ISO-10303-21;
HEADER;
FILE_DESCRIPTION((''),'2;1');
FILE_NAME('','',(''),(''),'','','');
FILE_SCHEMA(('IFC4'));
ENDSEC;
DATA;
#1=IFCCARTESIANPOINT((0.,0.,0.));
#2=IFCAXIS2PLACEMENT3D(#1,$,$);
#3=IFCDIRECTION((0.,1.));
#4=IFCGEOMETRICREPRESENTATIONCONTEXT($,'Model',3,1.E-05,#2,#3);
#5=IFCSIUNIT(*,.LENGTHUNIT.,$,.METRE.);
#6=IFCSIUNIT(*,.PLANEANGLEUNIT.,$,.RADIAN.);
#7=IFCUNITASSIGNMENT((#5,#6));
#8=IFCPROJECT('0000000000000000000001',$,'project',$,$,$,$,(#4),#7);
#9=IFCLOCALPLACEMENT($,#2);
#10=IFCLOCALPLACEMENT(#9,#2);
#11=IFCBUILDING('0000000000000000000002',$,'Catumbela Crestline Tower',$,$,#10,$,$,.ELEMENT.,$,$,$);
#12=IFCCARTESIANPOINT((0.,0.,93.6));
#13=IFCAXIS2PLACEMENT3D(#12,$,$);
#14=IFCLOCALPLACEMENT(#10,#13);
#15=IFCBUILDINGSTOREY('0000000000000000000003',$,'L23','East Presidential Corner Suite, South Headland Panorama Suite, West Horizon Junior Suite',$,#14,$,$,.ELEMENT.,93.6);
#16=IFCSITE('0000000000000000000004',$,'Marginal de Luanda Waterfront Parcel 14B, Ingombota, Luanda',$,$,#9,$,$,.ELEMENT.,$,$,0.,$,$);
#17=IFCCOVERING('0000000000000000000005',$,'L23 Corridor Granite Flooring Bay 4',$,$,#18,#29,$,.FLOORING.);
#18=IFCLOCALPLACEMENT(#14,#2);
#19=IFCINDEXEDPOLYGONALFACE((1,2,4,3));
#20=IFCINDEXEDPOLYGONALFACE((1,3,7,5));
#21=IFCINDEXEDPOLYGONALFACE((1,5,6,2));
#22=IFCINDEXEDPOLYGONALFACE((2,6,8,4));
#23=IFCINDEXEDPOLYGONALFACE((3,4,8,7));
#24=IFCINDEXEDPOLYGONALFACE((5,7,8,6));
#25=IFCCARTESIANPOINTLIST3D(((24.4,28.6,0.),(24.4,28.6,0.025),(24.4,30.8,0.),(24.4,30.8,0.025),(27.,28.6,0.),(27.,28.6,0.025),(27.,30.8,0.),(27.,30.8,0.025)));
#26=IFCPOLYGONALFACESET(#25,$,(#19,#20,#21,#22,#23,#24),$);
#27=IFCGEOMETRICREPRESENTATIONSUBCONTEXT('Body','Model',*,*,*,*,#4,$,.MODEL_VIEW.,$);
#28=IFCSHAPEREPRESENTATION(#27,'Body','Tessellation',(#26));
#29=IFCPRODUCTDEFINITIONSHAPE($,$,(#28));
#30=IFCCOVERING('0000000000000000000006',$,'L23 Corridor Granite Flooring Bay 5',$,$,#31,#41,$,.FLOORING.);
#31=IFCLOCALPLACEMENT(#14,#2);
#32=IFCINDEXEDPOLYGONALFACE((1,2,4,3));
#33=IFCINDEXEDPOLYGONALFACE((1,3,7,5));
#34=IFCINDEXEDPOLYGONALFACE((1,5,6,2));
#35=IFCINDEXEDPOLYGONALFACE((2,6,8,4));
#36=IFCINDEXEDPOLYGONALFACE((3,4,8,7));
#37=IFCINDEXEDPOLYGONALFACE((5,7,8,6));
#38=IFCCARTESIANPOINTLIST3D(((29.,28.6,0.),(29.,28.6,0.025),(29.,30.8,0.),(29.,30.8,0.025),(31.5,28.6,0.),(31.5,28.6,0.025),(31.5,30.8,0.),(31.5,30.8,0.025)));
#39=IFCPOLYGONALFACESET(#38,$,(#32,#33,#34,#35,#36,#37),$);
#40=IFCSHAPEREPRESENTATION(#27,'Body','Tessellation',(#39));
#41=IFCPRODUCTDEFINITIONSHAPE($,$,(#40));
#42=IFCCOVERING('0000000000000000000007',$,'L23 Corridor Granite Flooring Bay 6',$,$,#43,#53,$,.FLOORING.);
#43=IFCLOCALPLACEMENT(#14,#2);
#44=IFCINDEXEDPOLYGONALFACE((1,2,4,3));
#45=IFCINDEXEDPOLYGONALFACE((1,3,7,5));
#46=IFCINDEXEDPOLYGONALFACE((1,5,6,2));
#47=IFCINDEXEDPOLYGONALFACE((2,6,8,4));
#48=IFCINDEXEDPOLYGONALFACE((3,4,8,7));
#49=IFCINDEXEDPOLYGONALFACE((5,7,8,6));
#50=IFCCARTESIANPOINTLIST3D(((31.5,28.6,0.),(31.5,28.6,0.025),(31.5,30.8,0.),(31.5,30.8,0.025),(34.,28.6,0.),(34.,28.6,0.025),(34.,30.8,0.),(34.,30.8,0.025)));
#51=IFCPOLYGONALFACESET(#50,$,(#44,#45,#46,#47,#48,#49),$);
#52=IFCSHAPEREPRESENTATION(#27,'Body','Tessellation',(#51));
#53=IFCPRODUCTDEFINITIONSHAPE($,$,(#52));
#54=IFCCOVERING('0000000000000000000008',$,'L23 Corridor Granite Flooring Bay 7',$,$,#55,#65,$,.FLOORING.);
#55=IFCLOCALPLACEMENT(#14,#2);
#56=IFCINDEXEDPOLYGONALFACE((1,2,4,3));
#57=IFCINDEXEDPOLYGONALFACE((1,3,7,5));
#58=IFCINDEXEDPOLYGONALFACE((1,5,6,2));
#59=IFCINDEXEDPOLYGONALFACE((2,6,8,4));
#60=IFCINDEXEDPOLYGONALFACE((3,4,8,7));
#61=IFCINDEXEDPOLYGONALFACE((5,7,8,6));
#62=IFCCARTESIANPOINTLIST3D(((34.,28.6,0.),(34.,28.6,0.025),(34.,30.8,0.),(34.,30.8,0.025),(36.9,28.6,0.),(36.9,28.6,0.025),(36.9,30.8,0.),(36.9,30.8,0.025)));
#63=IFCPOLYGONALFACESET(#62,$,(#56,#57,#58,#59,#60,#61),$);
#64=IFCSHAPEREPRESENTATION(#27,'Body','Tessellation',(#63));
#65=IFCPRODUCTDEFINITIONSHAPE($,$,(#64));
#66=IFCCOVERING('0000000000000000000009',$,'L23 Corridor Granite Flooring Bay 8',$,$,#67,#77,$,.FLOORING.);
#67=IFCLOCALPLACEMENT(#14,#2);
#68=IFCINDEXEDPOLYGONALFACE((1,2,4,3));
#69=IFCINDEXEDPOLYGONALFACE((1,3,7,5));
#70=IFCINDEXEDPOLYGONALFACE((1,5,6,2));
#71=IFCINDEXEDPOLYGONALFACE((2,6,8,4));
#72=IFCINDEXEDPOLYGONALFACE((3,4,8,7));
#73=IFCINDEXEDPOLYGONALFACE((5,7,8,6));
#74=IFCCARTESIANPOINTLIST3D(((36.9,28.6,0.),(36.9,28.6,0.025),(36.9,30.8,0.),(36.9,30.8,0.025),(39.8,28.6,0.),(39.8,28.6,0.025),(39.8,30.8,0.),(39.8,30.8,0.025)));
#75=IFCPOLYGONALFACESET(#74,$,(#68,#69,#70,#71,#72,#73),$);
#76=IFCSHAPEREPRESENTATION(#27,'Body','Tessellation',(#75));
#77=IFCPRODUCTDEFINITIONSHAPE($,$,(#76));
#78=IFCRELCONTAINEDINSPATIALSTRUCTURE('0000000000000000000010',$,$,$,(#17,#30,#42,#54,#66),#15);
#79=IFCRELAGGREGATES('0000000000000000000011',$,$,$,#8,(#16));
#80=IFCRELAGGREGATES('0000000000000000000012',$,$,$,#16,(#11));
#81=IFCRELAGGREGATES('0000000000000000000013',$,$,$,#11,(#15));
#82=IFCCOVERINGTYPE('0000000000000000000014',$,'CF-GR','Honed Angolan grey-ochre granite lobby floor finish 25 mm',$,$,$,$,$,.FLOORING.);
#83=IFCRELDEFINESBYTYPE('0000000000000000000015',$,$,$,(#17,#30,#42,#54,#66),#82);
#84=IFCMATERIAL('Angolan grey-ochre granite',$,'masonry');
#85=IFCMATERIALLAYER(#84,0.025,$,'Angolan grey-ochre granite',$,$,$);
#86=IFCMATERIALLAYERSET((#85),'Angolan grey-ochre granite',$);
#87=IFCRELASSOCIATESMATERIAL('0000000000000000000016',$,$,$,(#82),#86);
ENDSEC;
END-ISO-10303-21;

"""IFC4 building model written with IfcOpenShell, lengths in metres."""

from ifc_helpers import new_model, si_unit, direction, frame, origin, place, context, subcontext, project, spatial, polyline, outline, extrude, material, layer, layer_set, type_object, element, save


model = new_model("IFC4")

# Units and contexts
model_context = context("Model", 3, precision=1e-05, world=origin(), true_north=direction((0.0, 1.0)))
body_context = subcontext(model_context, "Body", "Model", "MODEL_VIEW")
ifc_project = project(units=[si_unit("LENGTHUNIT", "METRE"), si_unit("PLANEANGLEUNIT", "RADIAN")], contexts=[model_context])

# Site, building, storey
site_placement = place(None, origin())
site = spatial("IfcSite", under=ifc_project, at=site_placement, Name="Marginal de Luanda Waterfront Parcel 14B, Ingombota, Luanda", CompositionType="ELEMENT", RefElevation=0.0)
building_placement = place(site_placement, origin())
building = spatial("IfcBuilding", under=site, at=building_placement, Name="Catumbela Crestline Tower", CompositionType="ELEMENT")
storey_placement = place(building_placement, frame((0.0, 0.0, 93.6)))
storey = spatial("IfcBuildingStorey", under=building, at=storey_placement, Name="L23", Description="East Presidential Corner Suite, South Headland Panorama Suite, West Horizon Junior Suite", CompositionType="ELEMENT", Elevation=93.6)

# Shared definitions
ifc_material_1 = material(Name="Angolan grey-ochre granite", Category="masonry")

# Coverings
ifc_layer_1 = layer(ifc_material_1, 0.025, Name="Angolan grey-ochre granite")
ifc_layer_set_1 = layer_set([ifc_layer_1], Name="Angolan grey-ochre granite")
covering_type_1 = type_object("IfcCoveringType", Name="CF-GR", Description="Honed Angolan grey-ochre granite lobby floor finish 25 mm", PredefinedType="FLOORING", material=ifc_layer_set_1)
covering_1_placement = place(storey_placement, origin())
element("IfcCovering", 1, at=covering_1_placement, inside=storey, type_object=covering_type_1, Name="L23 Corridor Granite Flooring Bay 4", PredefinedType="FLOORING", context=body_context, shape_type="SweptSolid", body=[
    extrude(outline(polyline([(24.4, 28.6), (27.0, 28.6), (27.0, 30.8), (24.4, 30.8), (24.4, 28.6)])), origin(), (0.0, 0.0, 1.0), 0.025),
])
covering_2_placement = place(storey_placement, origin())
element("IfcCovering", 2, at=covering_2_placement, inside=storey, type_object=covering_type_1, Name="L23 Corridor Granite Flooring Bay 5", PredefinedType="FLOORING", context=body_context, shape_type="SweptSolid", body=[
    extrude(outline(polyline([(29.0, 28.6), (31.5, 28.6), (31.5, 30.8), (29.0, 30.8), (29.0, 28.6)])), origin(), (0.0, 0.0, 1.0), 0.025),
])
covering_3_placement = place(storey_placement, origin())
element("IfcCovering", 3, at=covering_3_placement, inside=storey, type_object=covering_type_1, Name="L23 Corridor Granite Flooring Bay 6", PredefinedType="FLOORING", context=body_context, shape_type="SweptSolid", body=[
    extrude(outline(polyline([(31.5, 28.6), (34.0, 28.6), (34.0, 30.8), (31.5, 30.8), (31.5, 28.6)])), origin(), (0.0, 0.0, 1.0), 0.025),
])
covering_4_placement = place(storey_placement, origin())
element("IfcCovering", 4, at=covering_4_placement, inside=storey, type_object=covering_type_1, Name="L23 Corridor Granite Flooring Bay 7", PredefinedType="FLOORING", context=body_context, shape_type="SweptSolid", body=[
    extrude(outline(polyline([(34.0, 28.6), (36.9, 28.6), (36.9, 30.8), (34.0, 30.8), (34.0, 28.6)])), origin(), (0.0, 0.0, 1.0), 0.025),
])
covering_5_placement = place(storey_placement, origin())
element("IfcCovering", 5, at=covering_5_placement, inside=storey, type_object=covering_type_1, Name="L23 Corridor Granite Flooring Bay 8", PredefinedType="FLOORING", context=body_context, shape_type="SweptSolid", body=[
    extrude(outline(polyline([(36.9, 28.6), (39.8, 28.6), (39.8, 30.8), (36.9, 30.8), (36.9, 28.6)])), origin(), (0.0, 0.0, 1.0), 0.025),
])

save(model, "model.ifc")
